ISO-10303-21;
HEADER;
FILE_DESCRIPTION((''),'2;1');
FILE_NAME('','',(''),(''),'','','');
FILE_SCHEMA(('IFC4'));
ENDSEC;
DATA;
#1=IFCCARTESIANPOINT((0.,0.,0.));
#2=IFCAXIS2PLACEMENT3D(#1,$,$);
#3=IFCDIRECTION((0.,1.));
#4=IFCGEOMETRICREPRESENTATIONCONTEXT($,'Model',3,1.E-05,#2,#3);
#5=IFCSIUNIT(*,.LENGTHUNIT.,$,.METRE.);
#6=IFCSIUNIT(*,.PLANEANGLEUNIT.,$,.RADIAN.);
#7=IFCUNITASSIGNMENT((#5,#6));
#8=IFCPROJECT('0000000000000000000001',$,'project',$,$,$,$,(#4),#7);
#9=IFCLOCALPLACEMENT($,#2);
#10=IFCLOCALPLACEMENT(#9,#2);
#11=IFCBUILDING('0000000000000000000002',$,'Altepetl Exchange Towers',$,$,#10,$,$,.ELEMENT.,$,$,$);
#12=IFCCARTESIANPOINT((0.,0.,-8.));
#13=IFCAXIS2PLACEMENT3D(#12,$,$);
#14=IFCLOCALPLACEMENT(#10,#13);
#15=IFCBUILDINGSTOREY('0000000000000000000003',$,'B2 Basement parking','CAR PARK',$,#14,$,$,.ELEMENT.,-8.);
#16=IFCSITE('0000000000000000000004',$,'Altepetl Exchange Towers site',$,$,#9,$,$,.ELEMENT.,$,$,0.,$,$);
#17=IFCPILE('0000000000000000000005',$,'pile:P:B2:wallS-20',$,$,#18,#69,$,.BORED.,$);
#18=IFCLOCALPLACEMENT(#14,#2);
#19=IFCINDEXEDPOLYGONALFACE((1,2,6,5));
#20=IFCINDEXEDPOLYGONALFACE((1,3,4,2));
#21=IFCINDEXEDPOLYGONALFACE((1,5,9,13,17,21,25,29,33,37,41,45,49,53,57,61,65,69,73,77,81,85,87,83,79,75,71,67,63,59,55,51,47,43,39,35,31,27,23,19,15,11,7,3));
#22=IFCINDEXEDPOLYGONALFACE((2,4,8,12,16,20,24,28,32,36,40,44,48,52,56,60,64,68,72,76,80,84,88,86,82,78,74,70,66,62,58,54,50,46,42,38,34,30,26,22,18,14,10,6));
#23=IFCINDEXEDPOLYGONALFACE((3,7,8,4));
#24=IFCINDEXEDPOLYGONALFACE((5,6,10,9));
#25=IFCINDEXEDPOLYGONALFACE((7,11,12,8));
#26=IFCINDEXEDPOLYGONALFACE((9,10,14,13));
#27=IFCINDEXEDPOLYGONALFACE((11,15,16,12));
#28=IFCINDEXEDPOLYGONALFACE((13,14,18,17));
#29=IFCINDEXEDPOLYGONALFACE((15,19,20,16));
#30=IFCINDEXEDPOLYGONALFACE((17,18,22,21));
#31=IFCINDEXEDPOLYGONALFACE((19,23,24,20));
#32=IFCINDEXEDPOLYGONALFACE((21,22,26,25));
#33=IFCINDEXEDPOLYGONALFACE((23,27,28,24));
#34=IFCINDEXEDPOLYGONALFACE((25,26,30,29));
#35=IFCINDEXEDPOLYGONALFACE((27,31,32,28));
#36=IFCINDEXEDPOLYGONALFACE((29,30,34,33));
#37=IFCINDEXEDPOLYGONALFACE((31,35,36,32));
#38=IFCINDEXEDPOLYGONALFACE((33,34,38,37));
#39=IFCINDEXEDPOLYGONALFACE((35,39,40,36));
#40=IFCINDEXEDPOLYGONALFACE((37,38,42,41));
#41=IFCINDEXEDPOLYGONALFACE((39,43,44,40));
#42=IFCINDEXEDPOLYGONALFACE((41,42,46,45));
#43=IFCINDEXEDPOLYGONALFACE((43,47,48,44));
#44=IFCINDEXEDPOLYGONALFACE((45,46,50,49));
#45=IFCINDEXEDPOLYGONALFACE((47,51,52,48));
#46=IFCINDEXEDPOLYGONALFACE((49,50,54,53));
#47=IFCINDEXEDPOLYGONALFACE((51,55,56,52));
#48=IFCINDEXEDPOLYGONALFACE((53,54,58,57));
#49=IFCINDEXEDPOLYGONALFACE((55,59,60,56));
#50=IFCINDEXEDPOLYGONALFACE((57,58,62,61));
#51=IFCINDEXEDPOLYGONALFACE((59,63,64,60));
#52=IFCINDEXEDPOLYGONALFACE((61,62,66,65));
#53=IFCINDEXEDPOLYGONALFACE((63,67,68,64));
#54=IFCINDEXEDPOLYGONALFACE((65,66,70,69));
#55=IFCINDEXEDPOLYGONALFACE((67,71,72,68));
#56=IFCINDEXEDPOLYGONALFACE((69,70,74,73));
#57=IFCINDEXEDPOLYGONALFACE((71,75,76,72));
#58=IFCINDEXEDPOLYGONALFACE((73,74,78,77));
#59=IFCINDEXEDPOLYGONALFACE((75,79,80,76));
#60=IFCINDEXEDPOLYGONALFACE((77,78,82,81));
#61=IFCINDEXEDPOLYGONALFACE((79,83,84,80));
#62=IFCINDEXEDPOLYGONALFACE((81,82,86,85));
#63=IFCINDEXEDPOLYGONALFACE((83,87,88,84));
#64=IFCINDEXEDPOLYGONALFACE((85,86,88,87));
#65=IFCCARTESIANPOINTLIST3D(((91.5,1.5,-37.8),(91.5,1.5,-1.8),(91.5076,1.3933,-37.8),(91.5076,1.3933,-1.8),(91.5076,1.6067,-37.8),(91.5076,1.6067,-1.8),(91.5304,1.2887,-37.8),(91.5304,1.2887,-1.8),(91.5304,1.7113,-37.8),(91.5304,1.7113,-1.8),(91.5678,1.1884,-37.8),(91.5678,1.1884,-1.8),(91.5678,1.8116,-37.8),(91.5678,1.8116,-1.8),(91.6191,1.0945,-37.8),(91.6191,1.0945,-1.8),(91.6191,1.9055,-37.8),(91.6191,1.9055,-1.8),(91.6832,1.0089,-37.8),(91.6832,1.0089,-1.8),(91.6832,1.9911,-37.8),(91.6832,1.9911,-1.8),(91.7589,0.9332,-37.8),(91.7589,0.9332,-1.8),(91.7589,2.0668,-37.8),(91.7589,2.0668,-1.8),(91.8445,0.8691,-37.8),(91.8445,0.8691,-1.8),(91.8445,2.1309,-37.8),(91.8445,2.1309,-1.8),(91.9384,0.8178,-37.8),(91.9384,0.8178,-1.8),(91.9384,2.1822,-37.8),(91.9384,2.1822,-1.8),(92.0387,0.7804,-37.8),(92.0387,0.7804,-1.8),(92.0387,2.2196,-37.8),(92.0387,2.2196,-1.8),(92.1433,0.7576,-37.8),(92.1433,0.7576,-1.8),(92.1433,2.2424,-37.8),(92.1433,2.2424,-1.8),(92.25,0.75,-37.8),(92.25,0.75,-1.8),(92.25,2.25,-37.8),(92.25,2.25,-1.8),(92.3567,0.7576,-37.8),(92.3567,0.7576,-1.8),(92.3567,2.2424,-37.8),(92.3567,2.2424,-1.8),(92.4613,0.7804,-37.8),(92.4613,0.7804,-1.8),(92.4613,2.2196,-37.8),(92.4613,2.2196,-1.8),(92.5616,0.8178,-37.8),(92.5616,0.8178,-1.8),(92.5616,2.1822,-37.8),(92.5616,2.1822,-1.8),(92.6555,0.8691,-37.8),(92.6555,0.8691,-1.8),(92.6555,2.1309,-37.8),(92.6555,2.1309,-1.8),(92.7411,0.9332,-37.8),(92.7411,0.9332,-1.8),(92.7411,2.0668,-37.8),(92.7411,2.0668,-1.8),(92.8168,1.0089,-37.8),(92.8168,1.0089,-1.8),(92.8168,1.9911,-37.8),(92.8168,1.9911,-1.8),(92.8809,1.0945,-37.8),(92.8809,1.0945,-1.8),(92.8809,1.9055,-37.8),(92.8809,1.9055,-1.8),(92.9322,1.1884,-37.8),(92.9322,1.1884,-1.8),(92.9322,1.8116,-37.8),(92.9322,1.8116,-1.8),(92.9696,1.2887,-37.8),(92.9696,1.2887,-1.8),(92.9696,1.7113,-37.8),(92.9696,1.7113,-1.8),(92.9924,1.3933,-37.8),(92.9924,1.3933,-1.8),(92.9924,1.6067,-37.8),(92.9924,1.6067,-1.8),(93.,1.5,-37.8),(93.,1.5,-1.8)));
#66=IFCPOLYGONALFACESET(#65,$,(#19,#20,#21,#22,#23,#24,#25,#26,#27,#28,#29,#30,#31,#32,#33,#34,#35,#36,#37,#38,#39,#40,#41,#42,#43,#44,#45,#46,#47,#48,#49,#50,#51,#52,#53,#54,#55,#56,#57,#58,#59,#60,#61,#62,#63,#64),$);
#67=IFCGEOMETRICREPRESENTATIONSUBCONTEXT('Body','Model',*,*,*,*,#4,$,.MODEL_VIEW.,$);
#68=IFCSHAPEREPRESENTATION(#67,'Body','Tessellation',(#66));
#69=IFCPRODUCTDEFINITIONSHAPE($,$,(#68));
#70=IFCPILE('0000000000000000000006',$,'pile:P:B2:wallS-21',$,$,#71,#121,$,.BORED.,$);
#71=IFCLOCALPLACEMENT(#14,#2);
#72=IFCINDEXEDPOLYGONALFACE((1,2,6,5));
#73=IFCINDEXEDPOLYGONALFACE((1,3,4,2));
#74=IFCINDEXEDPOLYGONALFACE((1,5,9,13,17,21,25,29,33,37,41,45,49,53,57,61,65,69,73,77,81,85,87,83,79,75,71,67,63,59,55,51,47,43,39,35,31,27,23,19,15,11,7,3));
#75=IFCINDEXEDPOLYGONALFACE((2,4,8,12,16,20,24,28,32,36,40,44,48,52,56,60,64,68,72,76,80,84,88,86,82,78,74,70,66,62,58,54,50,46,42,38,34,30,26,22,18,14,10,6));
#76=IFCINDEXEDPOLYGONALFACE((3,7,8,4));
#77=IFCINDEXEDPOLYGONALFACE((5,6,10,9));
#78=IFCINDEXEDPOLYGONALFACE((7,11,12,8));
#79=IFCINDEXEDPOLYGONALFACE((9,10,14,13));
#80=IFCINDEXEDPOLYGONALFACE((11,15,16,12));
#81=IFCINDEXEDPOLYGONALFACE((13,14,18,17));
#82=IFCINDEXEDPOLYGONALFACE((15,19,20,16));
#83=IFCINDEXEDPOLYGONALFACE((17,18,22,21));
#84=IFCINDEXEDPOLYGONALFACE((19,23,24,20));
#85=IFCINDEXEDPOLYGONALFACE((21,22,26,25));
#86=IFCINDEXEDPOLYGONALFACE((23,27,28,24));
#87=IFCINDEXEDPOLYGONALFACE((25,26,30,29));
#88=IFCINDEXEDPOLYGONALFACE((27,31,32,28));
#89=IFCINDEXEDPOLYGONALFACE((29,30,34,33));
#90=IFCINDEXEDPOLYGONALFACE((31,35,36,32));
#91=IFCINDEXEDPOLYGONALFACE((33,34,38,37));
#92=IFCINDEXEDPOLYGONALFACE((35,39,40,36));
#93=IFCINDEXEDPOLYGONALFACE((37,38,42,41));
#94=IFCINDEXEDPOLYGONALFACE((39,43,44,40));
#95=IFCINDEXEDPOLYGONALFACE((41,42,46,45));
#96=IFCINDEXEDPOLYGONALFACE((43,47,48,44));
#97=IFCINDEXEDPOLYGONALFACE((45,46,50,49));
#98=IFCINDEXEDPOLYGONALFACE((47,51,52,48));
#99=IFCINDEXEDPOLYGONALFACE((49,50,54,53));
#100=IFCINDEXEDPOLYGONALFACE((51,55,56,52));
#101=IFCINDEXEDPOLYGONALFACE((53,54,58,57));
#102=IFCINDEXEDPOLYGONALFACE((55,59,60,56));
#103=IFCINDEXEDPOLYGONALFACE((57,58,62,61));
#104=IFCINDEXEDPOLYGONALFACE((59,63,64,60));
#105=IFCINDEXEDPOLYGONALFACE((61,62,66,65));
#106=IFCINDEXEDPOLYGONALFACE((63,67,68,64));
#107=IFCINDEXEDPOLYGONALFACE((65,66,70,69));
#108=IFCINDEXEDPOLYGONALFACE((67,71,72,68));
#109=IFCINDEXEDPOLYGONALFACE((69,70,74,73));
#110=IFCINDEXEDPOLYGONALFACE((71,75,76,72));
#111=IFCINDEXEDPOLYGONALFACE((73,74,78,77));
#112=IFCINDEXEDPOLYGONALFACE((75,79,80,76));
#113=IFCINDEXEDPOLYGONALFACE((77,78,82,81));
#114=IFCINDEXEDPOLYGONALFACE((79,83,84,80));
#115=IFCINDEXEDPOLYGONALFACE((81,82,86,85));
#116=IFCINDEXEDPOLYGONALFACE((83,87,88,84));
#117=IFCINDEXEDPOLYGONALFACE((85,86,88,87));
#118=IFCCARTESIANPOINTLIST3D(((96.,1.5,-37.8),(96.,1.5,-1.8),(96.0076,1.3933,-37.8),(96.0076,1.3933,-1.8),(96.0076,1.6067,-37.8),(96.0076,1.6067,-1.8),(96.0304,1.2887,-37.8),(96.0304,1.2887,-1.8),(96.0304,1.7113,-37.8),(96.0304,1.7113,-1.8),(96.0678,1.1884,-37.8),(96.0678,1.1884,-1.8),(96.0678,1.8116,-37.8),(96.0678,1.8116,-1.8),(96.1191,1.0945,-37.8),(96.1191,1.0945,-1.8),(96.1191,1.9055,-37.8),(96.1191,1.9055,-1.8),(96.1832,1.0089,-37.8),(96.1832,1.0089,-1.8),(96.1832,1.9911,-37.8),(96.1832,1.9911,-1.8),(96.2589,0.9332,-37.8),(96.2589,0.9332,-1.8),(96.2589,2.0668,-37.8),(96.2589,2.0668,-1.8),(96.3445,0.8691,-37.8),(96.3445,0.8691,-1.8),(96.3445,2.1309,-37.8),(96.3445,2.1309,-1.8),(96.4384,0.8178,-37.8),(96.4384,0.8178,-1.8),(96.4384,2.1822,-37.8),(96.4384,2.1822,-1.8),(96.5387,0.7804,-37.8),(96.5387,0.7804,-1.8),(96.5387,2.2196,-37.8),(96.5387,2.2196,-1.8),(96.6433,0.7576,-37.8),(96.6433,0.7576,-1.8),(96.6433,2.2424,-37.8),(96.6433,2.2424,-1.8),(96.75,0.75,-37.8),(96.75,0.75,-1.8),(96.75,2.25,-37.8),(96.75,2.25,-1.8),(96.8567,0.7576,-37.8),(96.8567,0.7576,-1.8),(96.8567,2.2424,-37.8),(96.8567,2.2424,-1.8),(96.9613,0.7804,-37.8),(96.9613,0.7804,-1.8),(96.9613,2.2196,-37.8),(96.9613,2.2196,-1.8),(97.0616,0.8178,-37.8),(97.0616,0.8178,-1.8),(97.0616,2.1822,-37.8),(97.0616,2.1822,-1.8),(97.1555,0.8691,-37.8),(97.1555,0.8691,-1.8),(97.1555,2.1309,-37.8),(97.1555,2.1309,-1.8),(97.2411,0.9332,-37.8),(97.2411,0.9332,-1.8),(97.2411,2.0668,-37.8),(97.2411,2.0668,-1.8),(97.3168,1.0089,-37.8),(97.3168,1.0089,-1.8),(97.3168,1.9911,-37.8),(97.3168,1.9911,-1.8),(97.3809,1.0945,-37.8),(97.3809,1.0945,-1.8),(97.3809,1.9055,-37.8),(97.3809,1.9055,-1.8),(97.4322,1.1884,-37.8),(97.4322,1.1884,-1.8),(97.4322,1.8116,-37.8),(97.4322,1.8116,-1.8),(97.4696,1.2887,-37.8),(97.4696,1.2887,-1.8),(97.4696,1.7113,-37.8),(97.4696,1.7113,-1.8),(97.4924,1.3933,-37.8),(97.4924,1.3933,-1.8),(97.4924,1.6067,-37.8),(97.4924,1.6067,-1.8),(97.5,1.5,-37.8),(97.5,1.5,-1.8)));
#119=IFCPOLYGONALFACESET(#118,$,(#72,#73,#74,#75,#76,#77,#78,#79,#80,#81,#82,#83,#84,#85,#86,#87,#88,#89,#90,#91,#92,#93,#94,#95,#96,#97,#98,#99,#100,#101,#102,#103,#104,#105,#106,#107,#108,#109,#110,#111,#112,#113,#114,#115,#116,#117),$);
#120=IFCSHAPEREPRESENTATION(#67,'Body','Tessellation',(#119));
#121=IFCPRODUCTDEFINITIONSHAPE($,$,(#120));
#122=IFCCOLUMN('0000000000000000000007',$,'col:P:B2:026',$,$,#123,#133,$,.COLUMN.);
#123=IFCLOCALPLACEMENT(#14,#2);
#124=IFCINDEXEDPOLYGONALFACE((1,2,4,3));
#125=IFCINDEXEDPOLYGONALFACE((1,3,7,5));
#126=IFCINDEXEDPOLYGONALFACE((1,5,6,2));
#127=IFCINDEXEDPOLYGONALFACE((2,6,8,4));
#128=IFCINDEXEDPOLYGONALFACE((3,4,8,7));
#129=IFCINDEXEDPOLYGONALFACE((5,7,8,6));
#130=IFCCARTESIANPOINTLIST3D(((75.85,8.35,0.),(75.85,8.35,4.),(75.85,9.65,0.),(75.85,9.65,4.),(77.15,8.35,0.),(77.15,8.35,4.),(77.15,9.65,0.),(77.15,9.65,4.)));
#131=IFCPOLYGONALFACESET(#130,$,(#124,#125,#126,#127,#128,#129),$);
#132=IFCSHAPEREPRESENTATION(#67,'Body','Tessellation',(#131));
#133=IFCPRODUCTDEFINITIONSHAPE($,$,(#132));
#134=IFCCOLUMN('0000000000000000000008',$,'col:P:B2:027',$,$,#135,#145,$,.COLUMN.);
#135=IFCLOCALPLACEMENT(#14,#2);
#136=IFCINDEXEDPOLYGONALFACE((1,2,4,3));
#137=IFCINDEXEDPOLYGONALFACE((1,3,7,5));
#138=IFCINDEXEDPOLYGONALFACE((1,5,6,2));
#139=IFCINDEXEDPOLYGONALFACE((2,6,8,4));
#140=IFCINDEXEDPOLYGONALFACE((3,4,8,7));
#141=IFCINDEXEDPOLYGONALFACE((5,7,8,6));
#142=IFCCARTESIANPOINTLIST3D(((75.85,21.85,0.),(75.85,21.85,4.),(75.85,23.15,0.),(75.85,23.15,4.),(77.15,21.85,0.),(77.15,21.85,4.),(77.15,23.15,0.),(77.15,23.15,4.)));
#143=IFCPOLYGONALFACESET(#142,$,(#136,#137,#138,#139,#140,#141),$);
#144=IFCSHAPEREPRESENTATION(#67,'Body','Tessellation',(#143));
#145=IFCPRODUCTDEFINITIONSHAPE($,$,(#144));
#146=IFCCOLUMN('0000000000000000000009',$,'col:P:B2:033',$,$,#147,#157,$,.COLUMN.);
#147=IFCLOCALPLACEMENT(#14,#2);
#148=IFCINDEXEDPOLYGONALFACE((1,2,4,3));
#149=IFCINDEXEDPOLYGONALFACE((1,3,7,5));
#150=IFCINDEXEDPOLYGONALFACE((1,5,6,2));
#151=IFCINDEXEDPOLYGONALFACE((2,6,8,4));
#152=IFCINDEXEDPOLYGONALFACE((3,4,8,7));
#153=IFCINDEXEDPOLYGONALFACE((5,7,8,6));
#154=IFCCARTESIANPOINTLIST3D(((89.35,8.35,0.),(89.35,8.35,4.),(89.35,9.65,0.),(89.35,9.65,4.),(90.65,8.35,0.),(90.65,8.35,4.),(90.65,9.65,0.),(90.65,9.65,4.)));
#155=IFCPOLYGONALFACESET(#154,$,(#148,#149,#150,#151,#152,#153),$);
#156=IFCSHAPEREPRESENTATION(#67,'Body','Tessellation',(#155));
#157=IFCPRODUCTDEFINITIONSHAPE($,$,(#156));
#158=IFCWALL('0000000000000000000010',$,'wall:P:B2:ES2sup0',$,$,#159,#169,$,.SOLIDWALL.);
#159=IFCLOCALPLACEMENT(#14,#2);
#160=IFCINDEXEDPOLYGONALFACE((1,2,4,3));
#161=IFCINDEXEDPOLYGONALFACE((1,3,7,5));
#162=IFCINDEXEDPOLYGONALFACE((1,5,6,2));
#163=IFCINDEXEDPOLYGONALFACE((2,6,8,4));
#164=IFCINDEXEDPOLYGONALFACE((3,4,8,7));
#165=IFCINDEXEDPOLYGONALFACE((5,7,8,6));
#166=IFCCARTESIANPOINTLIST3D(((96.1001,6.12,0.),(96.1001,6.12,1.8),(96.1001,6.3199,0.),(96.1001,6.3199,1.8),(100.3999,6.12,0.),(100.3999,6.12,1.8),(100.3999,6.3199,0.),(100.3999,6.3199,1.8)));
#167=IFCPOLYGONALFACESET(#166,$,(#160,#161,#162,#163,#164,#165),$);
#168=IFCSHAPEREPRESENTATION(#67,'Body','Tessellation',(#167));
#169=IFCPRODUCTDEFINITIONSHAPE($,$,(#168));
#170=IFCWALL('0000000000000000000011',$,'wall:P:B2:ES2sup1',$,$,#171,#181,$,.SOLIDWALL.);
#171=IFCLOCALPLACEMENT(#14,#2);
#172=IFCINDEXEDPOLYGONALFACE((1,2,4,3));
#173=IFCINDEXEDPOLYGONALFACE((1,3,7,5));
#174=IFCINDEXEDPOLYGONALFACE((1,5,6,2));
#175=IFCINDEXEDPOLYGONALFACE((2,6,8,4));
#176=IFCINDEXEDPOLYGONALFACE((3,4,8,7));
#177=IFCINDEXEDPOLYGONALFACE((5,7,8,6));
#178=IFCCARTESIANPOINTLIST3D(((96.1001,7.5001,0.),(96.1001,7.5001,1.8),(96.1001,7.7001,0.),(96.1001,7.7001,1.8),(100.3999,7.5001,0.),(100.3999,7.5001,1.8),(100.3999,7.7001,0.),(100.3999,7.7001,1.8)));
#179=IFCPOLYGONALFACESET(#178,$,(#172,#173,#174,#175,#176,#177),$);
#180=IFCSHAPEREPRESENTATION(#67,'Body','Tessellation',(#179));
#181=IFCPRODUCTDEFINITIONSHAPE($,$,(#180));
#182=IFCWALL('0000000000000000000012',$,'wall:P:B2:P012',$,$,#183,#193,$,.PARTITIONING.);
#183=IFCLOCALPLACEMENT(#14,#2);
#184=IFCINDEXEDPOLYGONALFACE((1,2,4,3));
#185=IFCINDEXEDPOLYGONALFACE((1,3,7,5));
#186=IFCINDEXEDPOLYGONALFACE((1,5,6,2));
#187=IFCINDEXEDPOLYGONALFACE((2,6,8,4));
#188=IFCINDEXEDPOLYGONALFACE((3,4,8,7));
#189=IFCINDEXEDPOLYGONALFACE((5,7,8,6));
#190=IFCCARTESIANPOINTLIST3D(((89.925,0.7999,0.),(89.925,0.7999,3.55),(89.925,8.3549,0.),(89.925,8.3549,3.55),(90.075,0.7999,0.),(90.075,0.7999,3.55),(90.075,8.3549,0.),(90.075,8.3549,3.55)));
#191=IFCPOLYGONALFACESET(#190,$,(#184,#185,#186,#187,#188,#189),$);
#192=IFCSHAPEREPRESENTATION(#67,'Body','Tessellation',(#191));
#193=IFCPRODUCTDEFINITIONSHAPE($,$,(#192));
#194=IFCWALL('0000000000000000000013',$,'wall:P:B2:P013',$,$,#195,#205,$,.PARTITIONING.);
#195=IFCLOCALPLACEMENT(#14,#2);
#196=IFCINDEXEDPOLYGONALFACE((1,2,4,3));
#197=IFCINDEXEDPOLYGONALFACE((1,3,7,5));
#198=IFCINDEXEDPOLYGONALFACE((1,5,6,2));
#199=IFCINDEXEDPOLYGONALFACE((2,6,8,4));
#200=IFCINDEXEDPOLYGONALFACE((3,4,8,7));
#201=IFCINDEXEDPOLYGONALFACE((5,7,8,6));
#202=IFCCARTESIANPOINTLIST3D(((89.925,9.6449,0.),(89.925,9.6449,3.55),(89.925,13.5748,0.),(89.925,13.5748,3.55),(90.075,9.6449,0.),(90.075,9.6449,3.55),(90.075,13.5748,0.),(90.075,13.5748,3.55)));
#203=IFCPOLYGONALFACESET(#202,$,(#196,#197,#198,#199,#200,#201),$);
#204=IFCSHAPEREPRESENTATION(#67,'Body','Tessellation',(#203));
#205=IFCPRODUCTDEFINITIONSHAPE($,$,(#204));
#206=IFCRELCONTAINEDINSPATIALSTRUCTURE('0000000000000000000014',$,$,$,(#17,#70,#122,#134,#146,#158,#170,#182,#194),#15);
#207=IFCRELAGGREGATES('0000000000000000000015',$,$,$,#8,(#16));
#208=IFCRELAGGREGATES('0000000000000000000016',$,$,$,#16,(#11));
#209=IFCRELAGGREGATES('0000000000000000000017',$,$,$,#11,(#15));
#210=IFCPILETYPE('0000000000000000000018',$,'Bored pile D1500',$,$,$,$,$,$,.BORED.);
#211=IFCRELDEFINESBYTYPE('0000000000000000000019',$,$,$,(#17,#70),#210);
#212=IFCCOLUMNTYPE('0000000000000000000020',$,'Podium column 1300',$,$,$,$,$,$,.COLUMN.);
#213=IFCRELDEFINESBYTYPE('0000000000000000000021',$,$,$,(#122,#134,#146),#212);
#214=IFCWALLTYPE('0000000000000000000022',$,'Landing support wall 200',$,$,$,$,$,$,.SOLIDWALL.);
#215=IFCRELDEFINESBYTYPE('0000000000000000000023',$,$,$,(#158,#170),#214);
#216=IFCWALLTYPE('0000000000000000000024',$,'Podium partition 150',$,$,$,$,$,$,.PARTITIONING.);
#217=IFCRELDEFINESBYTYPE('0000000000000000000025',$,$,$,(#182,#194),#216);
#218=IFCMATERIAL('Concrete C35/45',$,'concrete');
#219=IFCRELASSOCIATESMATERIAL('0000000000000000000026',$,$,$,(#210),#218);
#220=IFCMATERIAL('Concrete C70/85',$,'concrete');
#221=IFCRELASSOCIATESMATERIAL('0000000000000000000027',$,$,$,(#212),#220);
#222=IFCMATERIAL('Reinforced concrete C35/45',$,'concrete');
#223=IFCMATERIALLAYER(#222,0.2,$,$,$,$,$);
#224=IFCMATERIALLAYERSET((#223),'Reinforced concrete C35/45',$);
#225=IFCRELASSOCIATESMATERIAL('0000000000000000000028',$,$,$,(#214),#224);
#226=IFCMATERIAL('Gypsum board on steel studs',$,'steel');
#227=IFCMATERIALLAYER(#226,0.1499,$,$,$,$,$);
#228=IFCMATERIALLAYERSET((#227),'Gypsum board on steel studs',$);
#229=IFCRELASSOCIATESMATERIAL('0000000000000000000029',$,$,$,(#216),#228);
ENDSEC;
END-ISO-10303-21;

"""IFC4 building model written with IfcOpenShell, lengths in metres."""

from ifc_helpers import new_model, si_unit, direction, frame, frame_2d, origin, origin_2d, place, context, subcontext, project, spatial, rectangle, circle, extrude, material, layer, layer_set, material_profile, profile_set, type_object, element, save


model = new_model("IFC4")

# Units and contexts
model_context = context("Model", 3, precision=1e-05, world=origin(), true_north=direction((0.0, 1.0)))
body_context = subcontext(model_context, "Body", "Model", "MODEL_VIEW")
ifc_project = project(units=[si_unit("LENGTHUNIT", "METRE"), si_unit("PLANEANGLEUNIT", "RADIAN")], contexts=[model_context])

# Site, building, storey
site_placement = place(None, origin())
site = spatial("IfcSite", under=ifc_project, at=site_placement, Name="Altepetl Exchange Towers site", CompositionType="ELEMENT", RefElevation=0.0)
building_placement = place(site_placement, origin())
building = spatial("IfcBuilding", under=site, at=building_placement, Name="Altepetl Exchange Towers", CompositionType="ELEMENT")
storey_placement = place(building_placement, frame((0.0, 0.0, -8.0)))
storey = spatial("IfcBuildingStorey", under=building, at=storey_placement, Name="B2 Basement parking", Description="CAR PARK", CompositionType="ELEMENT", Elevation=-8.0)

# Piles
ifc_material_1 = material(Name="Concrete C35/45", Category="concrete")
ifc_material_profile_1 = material_profile(ifc_material_1, circle(Radius=0.75, at=origin_2d()), Name="D1500")
ifc_profile_set_1 = profile_set([ifc_material_profile_1], Name="Concrete C35/45")
pile_type_1 = type_object("IfcPileType", Name="Bored pile D1500", PredefinedType="BORED", material=ifc_profile_set_1)
for number, where, z_axis, x_axis, name in (
    (1, (92.25, 1.5, -1.8), (0.0, 0.0, -1.0), (1.0, 0.0, 0.0), "pile:P:B2:wallS-20"),
    (2, (96.75, 1.5, -1.8), (0.0, 0.0, -1.0), (1.0, 0.0, 0.0), "pile:P:B2:wallS-21"),
):
    element("IfcPile", number, at=place(storey_placement, frame(where, z_axis=z_axis, x_axis=x_axis)), inside=storey, type_object=pile_type_1, Name=name, PredefinedType="BORED", context=body_context, shape_type="SweptSolid", body=[
        extrude(circle(Radius=0.75, at=origin_2d()), origin(), (0.0, 0.0, 1.0), 36.0),
    ])

# Columns
ifc_material_2 = material(Name="Concrete C70/85", Category="concrete")
ifc_material_profile_2 = material_profile(ifc_material_2, rectangle(XDim=1.3, YDim=1.3, at=origin_2d()), Name="1300 x 1300")
ifc_profile_set_2 = profile_set([ifc_material_profile_2], Name="Concrete C70/85")
column_type = type_object("IfcColumnType", Name="Podium column 1300", PredefinedType="COLUMN", material=ifc_profile_set_2)
for number, where, name in (
    (3, (76.5, 9.0, 0.0), "col:P:B2:026"),
    (4, (76.5, 22.5, 0.0), "col:P:B2:027"),
    (5, (90.0, 9.0, 0.0), "col:P:B2:033"),
):
    element("IfcColumn", number, at=place(storey_placement, frame(where)), inside=storey, type_object=column_type, Name=name, PredefinedType="COLUMN", context=body_context, shape_type="SweptSolid", body=[
        extrude(rectangle(XDim=1.3, YDim=1.3, at=origin_2d()), origin(), (0.0, 0.0, 1.0), 4.0),
    ])

# Walls
ifc_material_3 = material(Name="Reinforced concrete C35/45", Category="concrete")
ifc_layer_1 = layer(ifc_material_3, 0.2)
ifc_layer_set_1 = layer_set([ifc_layer_1], Name="Reinforced concrete C35/45")
wall_type_1 = type_object("IfcWallType", Name="Landing support wall 200", PredefinedType="SOLIDWALL", material=ifc_layer_set_1)
for number, where, name in (
    (6, (96.1001, 6.22, 0.0), "wall:P:B2:ES2sup0"),
    (7, (96.1001, 7.6001, 0.0), "wall:P:B2:ES2sup1"),
):
    element("IfcWall", number, at=place(storey_placement, frame(where)), inside=storey, type_object=wall_type_1, Name=name, PredefinedType="SOLIDWALL", context=body_context, shape_type="SweptSolid", body=[
        extrude(rectangle(XDim=4.2998, YDim=0.2, at=frame_2d((2.1499, 0.0))), origin(), (0.0, 0.0, 1.0), 1.8),
    ])
ifc_material_4 = material(Name="Gypsum board on steel studs", Category="steel")
ifc_layer_2 = layer(ifc_material_4, 0.1499)
ifc_layer_set_2 = layer_set([ifc_layer_2], Name="Gypsum board on steel studs")
wall_type_2 = type_object("IfcWallType", Name="Podium partition 150", PredefinedType="PARTITIONING", material=ifc_layer_set_2)
wall_1_placement = place(storey_placement, frame((90.0, 0.8, 0.0), z_axis=(0.0, 0.0, 1.0), x_axis=(0.0, 1.0, 0.0)))
element("IfcWall", 8, at=wall_1_placement, inside=storey, type_object=wall_type_2, Name="wall:P:B2:P012", PredefinedType="PARTITIONING", context=body_context, shape_type="SweptSolid", body=[
    extrude(rectangle(XDim=7.5549, YDim=0.1499, at=frame_2d((3.7773, 0.0))), origin(), (0.0, 0.0, 1.0), 3.55),
])
wall_2_placement = place(storey_placement, frame((90.0, 9.645, 0.0), z_axis=(0.0, 0.0, 1.0), x_axis=(0.0, 1.0, 0.0)))
element("IfcWall", 9, at=wall_2_placement, inside=storey, type_object=wall_type_2, Name="wall:P:B2:P013", PredefinedType="PARTITIONING", context=body_context, shape_type="SweptSolid", body=[
    extrude(rectangle(XDim=3.9299, YDim=0.1499, at=frame_2d((1.9648, 0.0))), origin(), (0.0, 0.0, 1.0), 3.55),
])

save(model, "model.ifc")
